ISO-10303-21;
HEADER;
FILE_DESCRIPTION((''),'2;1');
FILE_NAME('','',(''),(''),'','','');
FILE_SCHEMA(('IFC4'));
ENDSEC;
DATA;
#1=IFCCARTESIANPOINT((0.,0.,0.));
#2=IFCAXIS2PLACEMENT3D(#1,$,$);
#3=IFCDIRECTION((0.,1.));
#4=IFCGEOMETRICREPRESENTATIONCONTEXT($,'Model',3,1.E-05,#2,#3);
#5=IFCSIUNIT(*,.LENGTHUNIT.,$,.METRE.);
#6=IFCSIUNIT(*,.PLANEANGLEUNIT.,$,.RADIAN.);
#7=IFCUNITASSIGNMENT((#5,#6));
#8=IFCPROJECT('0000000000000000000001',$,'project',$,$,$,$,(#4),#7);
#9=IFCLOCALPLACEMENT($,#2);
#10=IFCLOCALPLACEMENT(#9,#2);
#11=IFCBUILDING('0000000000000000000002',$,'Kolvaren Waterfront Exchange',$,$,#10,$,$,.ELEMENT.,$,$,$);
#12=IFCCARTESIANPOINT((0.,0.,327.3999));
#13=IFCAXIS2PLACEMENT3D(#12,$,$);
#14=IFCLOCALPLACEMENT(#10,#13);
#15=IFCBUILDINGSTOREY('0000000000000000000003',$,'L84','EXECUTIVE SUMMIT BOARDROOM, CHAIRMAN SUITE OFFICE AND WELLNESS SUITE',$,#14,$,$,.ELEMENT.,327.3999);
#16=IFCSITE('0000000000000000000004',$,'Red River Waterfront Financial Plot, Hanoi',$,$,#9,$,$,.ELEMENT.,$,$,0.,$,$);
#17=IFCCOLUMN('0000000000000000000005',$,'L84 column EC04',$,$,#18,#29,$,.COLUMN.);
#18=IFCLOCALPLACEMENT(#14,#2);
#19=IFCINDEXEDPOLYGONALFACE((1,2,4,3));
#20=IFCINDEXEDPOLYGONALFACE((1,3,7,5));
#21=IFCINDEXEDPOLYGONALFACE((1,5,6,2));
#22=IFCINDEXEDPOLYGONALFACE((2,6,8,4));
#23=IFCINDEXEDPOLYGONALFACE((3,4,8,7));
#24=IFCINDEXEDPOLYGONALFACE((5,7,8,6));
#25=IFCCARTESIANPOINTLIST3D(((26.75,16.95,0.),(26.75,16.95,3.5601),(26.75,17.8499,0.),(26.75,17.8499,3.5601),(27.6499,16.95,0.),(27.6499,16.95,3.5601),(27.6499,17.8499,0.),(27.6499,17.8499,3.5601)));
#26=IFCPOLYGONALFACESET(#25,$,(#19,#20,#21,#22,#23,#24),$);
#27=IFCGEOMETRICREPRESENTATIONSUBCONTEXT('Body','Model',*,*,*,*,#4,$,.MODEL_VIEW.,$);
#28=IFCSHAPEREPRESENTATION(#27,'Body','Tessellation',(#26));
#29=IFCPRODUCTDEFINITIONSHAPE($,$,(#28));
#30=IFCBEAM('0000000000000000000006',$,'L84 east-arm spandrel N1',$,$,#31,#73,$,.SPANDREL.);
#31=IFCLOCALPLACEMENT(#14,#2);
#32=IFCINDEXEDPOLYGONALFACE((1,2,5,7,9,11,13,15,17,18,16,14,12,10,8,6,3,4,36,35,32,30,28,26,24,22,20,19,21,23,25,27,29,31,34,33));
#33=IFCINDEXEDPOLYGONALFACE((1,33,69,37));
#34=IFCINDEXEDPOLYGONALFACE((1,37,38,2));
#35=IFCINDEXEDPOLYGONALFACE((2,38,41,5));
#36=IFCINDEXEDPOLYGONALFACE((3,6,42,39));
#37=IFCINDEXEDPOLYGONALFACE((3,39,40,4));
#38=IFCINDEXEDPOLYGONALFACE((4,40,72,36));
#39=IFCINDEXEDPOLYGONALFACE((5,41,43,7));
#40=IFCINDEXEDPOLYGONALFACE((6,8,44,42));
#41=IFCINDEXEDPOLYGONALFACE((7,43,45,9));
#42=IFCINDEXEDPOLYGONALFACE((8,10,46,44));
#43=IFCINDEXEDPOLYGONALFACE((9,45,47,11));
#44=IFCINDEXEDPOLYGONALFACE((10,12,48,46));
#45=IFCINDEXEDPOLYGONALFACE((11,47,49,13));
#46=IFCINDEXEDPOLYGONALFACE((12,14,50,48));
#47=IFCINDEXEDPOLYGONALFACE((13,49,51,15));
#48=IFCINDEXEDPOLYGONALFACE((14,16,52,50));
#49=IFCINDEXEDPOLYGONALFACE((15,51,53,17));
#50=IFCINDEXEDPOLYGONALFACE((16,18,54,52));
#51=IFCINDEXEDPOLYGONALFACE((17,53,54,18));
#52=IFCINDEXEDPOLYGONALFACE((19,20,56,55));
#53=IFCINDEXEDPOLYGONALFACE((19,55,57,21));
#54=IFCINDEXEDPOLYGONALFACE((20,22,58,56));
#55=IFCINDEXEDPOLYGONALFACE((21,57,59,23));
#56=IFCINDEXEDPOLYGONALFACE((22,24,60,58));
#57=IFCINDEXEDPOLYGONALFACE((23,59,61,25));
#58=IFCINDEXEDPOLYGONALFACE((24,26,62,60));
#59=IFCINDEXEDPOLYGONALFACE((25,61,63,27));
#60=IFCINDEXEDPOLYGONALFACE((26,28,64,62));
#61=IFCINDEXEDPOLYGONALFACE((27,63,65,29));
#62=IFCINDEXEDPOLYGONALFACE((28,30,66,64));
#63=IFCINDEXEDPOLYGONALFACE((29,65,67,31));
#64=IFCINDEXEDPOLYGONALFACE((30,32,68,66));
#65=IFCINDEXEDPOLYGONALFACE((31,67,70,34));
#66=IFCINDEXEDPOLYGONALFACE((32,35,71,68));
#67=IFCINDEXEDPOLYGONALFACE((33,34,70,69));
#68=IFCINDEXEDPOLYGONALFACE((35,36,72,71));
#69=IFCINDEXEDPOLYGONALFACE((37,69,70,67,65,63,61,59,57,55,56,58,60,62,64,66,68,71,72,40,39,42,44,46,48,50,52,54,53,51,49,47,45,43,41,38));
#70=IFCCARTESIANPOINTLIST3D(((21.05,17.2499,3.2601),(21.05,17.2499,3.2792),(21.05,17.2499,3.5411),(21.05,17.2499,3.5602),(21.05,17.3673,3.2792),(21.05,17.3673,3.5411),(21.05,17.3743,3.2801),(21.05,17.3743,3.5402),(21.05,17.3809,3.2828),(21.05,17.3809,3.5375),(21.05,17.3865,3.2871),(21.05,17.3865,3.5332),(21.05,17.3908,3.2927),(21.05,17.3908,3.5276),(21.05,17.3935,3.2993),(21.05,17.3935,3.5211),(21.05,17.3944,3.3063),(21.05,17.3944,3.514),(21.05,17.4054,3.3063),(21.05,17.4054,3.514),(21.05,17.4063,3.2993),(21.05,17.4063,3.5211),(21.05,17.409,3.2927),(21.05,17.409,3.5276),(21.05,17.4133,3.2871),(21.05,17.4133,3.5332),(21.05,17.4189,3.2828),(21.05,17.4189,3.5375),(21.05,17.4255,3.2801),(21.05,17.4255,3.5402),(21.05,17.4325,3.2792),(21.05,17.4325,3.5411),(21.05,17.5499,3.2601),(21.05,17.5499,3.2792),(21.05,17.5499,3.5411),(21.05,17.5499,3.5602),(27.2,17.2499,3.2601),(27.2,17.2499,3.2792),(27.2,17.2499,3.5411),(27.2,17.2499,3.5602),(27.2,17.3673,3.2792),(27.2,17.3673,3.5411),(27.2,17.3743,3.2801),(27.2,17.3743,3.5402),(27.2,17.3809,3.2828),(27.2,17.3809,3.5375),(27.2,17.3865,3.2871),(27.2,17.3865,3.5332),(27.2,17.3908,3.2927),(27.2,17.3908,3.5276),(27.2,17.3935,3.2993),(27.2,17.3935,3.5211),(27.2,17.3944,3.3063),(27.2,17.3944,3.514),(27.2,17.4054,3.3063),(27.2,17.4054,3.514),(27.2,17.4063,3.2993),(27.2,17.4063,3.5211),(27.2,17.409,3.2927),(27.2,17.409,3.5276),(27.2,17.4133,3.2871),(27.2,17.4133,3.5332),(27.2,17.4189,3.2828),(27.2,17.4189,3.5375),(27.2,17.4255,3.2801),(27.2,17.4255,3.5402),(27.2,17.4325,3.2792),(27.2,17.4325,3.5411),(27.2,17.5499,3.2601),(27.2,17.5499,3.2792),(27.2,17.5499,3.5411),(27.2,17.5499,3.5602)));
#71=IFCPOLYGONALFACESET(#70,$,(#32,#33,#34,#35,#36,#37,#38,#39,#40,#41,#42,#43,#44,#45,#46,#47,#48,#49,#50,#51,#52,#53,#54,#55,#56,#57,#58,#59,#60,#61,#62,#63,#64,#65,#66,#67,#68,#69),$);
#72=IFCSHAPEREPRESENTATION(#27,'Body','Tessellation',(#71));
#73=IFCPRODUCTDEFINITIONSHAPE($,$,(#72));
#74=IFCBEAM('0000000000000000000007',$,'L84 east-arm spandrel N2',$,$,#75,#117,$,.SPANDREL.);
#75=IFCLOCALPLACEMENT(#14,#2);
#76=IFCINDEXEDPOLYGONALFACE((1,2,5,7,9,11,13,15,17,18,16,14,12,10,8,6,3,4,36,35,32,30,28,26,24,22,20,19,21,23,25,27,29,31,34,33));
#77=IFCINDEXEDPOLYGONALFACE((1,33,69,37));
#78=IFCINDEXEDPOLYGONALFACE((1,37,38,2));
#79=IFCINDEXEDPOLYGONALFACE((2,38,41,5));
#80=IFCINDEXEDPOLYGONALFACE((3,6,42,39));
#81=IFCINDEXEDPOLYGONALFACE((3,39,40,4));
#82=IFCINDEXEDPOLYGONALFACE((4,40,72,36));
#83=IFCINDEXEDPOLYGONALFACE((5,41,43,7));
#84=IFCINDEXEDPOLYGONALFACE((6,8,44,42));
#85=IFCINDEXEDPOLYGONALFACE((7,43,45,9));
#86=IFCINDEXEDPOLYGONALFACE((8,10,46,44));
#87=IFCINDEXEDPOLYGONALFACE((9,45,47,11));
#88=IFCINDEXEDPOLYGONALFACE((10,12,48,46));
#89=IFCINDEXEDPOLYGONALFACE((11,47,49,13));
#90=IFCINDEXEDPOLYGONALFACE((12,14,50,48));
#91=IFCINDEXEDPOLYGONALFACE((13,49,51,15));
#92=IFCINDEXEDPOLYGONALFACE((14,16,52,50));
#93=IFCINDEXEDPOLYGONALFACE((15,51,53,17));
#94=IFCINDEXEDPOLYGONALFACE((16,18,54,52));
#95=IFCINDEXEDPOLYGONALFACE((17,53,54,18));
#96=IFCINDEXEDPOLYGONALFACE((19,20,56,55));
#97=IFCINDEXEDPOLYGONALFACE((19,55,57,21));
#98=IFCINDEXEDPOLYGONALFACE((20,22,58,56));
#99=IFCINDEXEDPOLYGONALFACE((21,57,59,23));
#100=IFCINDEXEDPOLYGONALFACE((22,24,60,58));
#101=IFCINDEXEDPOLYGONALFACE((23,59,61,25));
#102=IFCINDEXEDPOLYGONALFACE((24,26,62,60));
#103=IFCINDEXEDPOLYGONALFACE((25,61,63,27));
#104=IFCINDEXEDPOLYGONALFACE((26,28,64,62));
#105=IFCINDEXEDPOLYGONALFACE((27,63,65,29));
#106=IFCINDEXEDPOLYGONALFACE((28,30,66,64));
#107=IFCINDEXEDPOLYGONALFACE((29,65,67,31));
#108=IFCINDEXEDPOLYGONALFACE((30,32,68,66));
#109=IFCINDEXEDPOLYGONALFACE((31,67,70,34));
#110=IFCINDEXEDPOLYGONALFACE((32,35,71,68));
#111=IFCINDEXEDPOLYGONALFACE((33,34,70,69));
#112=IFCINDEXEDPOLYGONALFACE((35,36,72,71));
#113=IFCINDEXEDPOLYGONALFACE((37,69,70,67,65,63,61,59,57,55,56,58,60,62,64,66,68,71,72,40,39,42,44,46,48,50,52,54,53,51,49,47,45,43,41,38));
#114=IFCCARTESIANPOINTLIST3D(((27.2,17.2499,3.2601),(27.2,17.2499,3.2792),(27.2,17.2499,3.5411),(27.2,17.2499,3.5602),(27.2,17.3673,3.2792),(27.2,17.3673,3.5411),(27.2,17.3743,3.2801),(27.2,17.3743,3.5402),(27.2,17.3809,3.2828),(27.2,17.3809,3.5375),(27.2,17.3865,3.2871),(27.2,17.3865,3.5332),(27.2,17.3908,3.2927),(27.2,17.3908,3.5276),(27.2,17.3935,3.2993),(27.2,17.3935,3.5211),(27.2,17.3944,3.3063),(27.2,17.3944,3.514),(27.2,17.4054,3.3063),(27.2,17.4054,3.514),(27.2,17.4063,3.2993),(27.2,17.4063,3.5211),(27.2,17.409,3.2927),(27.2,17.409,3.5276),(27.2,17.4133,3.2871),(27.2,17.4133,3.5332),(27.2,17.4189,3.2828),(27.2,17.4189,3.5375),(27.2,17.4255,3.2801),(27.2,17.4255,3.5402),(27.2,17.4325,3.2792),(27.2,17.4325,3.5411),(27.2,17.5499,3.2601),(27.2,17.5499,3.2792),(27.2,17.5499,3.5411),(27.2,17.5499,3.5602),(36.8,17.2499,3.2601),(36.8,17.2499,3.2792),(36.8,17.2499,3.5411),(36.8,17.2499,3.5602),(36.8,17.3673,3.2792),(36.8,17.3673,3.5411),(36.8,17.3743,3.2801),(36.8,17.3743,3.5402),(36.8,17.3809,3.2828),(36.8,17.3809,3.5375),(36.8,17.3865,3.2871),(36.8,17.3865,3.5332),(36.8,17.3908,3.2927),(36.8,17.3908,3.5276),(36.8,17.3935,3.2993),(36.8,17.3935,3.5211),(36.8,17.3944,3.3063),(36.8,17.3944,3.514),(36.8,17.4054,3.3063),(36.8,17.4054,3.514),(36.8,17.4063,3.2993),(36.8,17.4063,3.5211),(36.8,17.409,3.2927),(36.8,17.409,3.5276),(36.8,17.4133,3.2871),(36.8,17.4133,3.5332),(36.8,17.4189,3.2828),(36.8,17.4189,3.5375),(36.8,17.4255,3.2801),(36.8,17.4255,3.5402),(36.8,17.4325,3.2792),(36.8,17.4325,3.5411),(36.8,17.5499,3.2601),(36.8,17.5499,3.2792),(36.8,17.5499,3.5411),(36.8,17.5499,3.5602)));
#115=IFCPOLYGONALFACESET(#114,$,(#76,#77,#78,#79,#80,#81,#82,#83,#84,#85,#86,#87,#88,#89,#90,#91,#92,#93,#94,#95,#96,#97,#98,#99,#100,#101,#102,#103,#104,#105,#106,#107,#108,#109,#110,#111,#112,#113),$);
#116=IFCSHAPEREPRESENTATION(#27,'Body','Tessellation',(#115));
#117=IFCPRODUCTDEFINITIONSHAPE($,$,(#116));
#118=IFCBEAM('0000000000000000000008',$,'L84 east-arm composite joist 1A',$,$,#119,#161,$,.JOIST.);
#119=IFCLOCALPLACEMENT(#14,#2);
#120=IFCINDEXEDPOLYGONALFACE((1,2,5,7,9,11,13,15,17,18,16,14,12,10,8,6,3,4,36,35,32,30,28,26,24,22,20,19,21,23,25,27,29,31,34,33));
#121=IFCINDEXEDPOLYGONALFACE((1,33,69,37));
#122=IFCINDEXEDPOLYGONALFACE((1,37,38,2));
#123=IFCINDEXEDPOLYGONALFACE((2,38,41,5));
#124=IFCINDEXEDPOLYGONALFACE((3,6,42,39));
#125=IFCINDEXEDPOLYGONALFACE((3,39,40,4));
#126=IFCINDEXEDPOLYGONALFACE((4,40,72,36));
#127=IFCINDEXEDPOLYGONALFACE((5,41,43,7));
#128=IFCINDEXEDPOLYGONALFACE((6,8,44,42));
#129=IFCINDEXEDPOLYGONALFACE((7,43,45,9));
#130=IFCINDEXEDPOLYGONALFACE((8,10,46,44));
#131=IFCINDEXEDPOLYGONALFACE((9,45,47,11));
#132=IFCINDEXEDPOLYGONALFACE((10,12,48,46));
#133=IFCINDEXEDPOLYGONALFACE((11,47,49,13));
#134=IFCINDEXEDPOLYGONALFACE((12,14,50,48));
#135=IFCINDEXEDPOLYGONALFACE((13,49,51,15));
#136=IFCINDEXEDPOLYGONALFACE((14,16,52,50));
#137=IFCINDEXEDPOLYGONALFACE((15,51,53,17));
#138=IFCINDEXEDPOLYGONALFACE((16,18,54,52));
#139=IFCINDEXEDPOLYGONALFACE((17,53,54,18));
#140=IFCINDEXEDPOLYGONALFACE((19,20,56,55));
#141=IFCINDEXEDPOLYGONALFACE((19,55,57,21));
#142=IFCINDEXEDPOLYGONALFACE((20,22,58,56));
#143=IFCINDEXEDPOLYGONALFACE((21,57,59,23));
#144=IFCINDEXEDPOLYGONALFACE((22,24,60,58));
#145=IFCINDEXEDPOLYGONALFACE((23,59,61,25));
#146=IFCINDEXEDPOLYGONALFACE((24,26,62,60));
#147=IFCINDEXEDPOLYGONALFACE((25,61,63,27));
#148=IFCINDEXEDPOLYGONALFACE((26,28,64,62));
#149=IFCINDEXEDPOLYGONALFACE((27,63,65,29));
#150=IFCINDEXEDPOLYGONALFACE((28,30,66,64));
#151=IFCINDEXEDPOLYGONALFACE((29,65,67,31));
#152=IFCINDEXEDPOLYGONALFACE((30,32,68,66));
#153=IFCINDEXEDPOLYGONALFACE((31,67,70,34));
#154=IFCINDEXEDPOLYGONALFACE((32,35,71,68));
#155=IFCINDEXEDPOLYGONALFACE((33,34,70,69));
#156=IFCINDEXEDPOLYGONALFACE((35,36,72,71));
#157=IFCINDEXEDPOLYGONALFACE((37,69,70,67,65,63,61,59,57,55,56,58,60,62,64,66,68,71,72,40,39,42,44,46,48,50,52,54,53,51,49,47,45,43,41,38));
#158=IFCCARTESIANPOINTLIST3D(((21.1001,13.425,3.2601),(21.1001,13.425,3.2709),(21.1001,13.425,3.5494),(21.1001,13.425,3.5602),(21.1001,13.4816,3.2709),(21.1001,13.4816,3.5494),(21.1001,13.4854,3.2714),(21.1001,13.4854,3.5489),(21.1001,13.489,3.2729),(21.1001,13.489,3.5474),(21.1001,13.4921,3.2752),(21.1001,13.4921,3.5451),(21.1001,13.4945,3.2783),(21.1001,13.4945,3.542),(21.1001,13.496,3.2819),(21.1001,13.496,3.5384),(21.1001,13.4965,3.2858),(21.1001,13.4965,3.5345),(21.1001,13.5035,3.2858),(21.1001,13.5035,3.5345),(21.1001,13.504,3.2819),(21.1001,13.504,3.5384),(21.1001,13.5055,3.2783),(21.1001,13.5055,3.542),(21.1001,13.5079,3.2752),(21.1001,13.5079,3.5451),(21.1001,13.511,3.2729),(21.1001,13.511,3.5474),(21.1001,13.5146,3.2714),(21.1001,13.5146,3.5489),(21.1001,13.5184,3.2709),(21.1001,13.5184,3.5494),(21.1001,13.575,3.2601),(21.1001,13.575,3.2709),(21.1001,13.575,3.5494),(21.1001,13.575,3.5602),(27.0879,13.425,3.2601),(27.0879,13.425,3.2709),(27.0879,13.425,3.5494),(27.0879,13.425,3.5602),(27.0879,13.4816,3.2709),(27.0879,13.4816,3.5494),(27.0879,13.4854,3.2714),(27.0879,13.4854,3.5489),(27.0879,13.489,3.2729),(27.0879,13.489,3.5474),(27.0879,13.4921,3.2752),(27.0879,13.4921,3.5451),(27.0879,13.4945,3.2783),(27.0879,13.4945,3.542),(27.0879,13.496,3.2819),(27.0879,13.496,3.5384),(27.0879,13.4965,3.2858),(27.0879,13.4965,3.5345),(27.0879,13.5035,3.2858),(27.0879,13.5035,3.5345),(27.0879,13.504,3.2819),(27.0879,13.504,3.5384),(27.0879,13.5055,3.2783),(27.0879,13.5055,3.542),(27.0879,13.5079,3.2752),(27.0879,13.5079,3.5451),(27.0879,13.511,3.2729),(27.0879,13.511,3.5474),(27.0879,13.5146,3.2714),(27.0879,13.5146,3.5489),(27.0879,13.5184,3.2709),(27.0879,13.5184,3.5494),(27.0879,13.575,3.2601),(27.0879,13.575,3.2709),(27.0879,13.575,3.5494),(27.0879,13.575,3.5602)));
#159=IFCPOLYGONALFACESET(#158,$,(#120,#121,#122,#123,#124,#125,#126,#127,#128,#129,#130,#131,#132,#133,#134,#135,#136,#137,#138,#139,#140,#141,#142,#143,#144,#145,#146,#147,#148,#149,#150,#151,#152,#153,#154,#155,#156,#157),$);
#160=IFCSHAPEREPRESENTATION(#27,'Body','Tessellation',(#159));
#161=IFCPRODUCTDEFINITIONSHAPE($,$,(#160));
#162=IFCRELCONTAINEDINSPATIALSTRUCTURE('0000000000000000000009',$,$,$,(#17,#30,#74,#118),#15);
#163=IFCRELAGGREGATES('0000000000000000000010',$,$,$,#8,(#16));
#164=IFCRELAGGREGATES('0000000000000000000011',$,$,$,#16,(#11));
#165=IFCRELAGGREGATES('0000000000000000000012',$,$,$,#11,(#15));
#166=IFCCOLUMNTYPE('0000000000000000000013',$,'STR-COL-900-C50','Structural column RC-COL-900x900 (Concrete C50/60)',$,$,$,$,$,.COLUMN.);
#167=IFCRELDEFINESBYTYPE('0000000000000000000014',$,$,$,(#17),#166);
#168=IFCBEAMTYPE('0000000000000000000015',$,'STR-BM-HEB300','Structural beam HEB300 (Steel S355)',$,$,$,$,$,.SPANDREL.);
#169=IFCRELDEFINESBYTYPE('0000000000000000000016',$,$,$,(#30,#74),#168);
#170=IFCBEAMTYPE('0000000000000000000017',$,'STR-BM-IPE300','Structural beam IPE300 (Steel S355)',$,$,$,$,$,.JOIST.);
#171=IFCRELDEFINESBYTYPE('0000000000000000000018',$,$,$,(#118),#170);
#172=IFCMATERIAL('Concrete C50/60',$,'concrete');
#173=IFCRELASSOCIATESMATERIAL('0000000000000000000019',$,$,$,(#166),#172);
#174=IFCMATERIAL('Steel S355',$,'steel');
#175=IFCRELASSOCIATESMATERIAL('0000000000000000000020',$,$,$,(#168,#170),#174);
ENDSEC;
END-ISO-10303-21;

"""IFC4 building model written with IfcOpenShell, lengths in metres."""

from ifc_helpers import new_model, si_unit, direction, frame, origin, origin_2d, place, context, subcontext, project, spatial, rectangle, i_section, extrude, material, material_profile, profile_set, type_object, element, save


model = new_model("IFC4")

# Units and contexts
model_context = context("Model", 3, precision=1e-05, world=origin(), true_north=direction((0.0, 1.0)))
body_context = subcontext(model_context, "Body", "Model", "MODEL_VIEW")
ifc_project = project(units=[si_unit("LENGTHUNIT", "METRE"), si_unit("PLANEANGLEUNIT", "RADIAN")], contexts=[model_context])

# Site, building, storey
site_placement = place(None, origin())
site = spatial("IfcSite", under=ifc_project, at=site_placement, Name="Red River Waterfront Financial Plot, Hanoi", CompositionType="ELEMENT", RefElevation=0.0)
building_placement = place(site_placement, origin())
building = spatial("IfcBuilding", under=site, at=building_placement, Name="Kolvaren Waterfront Exchange", CompositionType="ELEMENT")
storey_placement = place(building_placement, frame((0.0, 0.0, 327.3999)))
storey = spatial("IfcBuildingStorey", under=building, at=storey_placement, Name="L84", Description="EXECUTIVE SUMMIT BOARDROOM, CHAIRMAN SUITE OFFICE AND WELLNESS SUITE", CompositionType="ELEMENT", Elevation=327.3999)

# Column
ifc_material_1 = material(Name="Concrete C50/60", Category="concrete")
ifc_material_profile_1 = material_profile(ifc_material_1, rectangle(XDim=0.8999, YDim=0.8999, at=origin_2d()), Name="RC-COL-900x900")
ifc_profile_set_1 = profile_set([ifc_material_profile_1], Name="Concrete C50/60")
column_type = type_object("IfcColumnType", Name="STR-COL-900-C50", Description="Structural column RC-COL-900x900 (Concrete C50/60)", PredefinedType="COLUMN", material=ifc_profile_set_1)
column_placement = place(storey_placement, frame((27.2, 17.3999, 0.0), z_axis=(0.0, 0.0, 1.0), x_axis=(1.0, 0.0, 0.0)))
element("IfcColumn", 1, at=column_placement, inside=storey, type_object=column_type, Name="L84 column EC04", PredefinedType="COLUMN", context=body_context, shape_type="SweptSolid", body=[
    extrude(rectangle(XDim=0.8999, YDim=0.8999, at=origin_2d()), origin(), (0.0, 0.0, 1.0), 3.5601),
])

# Beams
ifc_material_2 = material(Name="Steel S355", Category="steel")
ifc_material_profile_2 = material_profile(ifc_material_2, i_section(OverallWidth=0.3, OverallDepth=0.3, WebThickness=0.011, FlangeThickness=0.019, FilletRadius=0.0271, at=origin_2d()), Name="HEB300")
ifc_profile_set_2 = profile_set([ifc_material_profile_2], Name="Steel S355")
beam_type_1 = type_object("IfcBeamType", Name="STR-BM-HEB300", Description="Structural beam HEB300 (Steel S355)", PredefinedType="SPANDREL", material=ifc_profile_set_2)
beam_1_placement = place(storey_placement, frame((21.05, 17.3999, 3.4102), z_axis=(1.0, 0.0, 0.0), x_axis=(0.0, 1.0, 0.0)))
element("IfcBeam", 2, at=beam_1_placement, inside=storey, type_object=beam_type_1, Name="L84 east-arm spandrel N1", PredefinedType="SPANDREL", context=body_context, shape_type="SweptSolid", body=[
    extrude(i_section(OverallWidth=0.3, OverallDepth=0.3, WebThickness=0.011, FlangeThickness=0.019, FilletRadius=0.0271, at=origin_2d()), origin(), (0.0, 0.0, 1.0), 6.1499),
])
beam_2_placement = place(storey_placement, frame((27.2, 17.3999, 3.4102), z_axis=(1.0, 0.0, 0.0), x_axis=(0.0, 1.0, 0.0)))
element("IfcBeam", 3, at=beam_2_placement, inside=storey, type_object=beam_type_1, Name="L84 east-arm spandrel N2", PredefinedType="SPANDREL", context=body_context, shape_type="SweptSolid", body=[
    extrude(i_section(OverallWidth=0.3, OverallDepth=0.3, WebThickness=0.011, FlangeThickness=0.019, FilletRadius=0.0271, at=origin_2d()), origin(), (0.0, 0.0, 1.0), 9.6001),
])
ifc_material_profile_3 = material_profile(ifc_material_2, i_section(OverallWidth=0.1499, OverallDepth=0.3, WebThickness=0.0071, FlangeThickness=0.0107, FilletRadius=0.0149, at=origin_2d()), Name="IPE300")
ifc_profile_set_3 = profile_set([ifc_material_profile_3], Name="Steel S355")
beam_type_2 = type_object("IfcBeamType", Name="STR-BM-IPE300", Description="Structural beam IPE300 (Steel S355)", PredefinedType="JOIST", material=ifc_profile_set_3)
for number, where, z_axis, x_axis, name in (
    (4, (21.1001, 13.5, 3.4102), (1.0, 0.0, 0.0), (0.0, 1.0, 0.0), "L84 east-arm composite joist 1A"),
):
    element("IfcBeam", number, at=place(storey_placement, frame(where, z_axis=z_axis, x_axis=x_axis)), inside=storey, type_object=beam_type_2, Name=name, PredefinedType="JOIST", context=body_context, shape_type="SweptSolid", body=[
        extrude(i_section(OverallWidth=0.1499, OverallDepth=0.3, WebThickness=0.0071, FlangeThickness=0.0107, FilletRadius=0.0149, at=origin_2d()), origin(), (0.0, 0.0, 1.0), 5.9878),
    ])

save(model, "model.ifc")
